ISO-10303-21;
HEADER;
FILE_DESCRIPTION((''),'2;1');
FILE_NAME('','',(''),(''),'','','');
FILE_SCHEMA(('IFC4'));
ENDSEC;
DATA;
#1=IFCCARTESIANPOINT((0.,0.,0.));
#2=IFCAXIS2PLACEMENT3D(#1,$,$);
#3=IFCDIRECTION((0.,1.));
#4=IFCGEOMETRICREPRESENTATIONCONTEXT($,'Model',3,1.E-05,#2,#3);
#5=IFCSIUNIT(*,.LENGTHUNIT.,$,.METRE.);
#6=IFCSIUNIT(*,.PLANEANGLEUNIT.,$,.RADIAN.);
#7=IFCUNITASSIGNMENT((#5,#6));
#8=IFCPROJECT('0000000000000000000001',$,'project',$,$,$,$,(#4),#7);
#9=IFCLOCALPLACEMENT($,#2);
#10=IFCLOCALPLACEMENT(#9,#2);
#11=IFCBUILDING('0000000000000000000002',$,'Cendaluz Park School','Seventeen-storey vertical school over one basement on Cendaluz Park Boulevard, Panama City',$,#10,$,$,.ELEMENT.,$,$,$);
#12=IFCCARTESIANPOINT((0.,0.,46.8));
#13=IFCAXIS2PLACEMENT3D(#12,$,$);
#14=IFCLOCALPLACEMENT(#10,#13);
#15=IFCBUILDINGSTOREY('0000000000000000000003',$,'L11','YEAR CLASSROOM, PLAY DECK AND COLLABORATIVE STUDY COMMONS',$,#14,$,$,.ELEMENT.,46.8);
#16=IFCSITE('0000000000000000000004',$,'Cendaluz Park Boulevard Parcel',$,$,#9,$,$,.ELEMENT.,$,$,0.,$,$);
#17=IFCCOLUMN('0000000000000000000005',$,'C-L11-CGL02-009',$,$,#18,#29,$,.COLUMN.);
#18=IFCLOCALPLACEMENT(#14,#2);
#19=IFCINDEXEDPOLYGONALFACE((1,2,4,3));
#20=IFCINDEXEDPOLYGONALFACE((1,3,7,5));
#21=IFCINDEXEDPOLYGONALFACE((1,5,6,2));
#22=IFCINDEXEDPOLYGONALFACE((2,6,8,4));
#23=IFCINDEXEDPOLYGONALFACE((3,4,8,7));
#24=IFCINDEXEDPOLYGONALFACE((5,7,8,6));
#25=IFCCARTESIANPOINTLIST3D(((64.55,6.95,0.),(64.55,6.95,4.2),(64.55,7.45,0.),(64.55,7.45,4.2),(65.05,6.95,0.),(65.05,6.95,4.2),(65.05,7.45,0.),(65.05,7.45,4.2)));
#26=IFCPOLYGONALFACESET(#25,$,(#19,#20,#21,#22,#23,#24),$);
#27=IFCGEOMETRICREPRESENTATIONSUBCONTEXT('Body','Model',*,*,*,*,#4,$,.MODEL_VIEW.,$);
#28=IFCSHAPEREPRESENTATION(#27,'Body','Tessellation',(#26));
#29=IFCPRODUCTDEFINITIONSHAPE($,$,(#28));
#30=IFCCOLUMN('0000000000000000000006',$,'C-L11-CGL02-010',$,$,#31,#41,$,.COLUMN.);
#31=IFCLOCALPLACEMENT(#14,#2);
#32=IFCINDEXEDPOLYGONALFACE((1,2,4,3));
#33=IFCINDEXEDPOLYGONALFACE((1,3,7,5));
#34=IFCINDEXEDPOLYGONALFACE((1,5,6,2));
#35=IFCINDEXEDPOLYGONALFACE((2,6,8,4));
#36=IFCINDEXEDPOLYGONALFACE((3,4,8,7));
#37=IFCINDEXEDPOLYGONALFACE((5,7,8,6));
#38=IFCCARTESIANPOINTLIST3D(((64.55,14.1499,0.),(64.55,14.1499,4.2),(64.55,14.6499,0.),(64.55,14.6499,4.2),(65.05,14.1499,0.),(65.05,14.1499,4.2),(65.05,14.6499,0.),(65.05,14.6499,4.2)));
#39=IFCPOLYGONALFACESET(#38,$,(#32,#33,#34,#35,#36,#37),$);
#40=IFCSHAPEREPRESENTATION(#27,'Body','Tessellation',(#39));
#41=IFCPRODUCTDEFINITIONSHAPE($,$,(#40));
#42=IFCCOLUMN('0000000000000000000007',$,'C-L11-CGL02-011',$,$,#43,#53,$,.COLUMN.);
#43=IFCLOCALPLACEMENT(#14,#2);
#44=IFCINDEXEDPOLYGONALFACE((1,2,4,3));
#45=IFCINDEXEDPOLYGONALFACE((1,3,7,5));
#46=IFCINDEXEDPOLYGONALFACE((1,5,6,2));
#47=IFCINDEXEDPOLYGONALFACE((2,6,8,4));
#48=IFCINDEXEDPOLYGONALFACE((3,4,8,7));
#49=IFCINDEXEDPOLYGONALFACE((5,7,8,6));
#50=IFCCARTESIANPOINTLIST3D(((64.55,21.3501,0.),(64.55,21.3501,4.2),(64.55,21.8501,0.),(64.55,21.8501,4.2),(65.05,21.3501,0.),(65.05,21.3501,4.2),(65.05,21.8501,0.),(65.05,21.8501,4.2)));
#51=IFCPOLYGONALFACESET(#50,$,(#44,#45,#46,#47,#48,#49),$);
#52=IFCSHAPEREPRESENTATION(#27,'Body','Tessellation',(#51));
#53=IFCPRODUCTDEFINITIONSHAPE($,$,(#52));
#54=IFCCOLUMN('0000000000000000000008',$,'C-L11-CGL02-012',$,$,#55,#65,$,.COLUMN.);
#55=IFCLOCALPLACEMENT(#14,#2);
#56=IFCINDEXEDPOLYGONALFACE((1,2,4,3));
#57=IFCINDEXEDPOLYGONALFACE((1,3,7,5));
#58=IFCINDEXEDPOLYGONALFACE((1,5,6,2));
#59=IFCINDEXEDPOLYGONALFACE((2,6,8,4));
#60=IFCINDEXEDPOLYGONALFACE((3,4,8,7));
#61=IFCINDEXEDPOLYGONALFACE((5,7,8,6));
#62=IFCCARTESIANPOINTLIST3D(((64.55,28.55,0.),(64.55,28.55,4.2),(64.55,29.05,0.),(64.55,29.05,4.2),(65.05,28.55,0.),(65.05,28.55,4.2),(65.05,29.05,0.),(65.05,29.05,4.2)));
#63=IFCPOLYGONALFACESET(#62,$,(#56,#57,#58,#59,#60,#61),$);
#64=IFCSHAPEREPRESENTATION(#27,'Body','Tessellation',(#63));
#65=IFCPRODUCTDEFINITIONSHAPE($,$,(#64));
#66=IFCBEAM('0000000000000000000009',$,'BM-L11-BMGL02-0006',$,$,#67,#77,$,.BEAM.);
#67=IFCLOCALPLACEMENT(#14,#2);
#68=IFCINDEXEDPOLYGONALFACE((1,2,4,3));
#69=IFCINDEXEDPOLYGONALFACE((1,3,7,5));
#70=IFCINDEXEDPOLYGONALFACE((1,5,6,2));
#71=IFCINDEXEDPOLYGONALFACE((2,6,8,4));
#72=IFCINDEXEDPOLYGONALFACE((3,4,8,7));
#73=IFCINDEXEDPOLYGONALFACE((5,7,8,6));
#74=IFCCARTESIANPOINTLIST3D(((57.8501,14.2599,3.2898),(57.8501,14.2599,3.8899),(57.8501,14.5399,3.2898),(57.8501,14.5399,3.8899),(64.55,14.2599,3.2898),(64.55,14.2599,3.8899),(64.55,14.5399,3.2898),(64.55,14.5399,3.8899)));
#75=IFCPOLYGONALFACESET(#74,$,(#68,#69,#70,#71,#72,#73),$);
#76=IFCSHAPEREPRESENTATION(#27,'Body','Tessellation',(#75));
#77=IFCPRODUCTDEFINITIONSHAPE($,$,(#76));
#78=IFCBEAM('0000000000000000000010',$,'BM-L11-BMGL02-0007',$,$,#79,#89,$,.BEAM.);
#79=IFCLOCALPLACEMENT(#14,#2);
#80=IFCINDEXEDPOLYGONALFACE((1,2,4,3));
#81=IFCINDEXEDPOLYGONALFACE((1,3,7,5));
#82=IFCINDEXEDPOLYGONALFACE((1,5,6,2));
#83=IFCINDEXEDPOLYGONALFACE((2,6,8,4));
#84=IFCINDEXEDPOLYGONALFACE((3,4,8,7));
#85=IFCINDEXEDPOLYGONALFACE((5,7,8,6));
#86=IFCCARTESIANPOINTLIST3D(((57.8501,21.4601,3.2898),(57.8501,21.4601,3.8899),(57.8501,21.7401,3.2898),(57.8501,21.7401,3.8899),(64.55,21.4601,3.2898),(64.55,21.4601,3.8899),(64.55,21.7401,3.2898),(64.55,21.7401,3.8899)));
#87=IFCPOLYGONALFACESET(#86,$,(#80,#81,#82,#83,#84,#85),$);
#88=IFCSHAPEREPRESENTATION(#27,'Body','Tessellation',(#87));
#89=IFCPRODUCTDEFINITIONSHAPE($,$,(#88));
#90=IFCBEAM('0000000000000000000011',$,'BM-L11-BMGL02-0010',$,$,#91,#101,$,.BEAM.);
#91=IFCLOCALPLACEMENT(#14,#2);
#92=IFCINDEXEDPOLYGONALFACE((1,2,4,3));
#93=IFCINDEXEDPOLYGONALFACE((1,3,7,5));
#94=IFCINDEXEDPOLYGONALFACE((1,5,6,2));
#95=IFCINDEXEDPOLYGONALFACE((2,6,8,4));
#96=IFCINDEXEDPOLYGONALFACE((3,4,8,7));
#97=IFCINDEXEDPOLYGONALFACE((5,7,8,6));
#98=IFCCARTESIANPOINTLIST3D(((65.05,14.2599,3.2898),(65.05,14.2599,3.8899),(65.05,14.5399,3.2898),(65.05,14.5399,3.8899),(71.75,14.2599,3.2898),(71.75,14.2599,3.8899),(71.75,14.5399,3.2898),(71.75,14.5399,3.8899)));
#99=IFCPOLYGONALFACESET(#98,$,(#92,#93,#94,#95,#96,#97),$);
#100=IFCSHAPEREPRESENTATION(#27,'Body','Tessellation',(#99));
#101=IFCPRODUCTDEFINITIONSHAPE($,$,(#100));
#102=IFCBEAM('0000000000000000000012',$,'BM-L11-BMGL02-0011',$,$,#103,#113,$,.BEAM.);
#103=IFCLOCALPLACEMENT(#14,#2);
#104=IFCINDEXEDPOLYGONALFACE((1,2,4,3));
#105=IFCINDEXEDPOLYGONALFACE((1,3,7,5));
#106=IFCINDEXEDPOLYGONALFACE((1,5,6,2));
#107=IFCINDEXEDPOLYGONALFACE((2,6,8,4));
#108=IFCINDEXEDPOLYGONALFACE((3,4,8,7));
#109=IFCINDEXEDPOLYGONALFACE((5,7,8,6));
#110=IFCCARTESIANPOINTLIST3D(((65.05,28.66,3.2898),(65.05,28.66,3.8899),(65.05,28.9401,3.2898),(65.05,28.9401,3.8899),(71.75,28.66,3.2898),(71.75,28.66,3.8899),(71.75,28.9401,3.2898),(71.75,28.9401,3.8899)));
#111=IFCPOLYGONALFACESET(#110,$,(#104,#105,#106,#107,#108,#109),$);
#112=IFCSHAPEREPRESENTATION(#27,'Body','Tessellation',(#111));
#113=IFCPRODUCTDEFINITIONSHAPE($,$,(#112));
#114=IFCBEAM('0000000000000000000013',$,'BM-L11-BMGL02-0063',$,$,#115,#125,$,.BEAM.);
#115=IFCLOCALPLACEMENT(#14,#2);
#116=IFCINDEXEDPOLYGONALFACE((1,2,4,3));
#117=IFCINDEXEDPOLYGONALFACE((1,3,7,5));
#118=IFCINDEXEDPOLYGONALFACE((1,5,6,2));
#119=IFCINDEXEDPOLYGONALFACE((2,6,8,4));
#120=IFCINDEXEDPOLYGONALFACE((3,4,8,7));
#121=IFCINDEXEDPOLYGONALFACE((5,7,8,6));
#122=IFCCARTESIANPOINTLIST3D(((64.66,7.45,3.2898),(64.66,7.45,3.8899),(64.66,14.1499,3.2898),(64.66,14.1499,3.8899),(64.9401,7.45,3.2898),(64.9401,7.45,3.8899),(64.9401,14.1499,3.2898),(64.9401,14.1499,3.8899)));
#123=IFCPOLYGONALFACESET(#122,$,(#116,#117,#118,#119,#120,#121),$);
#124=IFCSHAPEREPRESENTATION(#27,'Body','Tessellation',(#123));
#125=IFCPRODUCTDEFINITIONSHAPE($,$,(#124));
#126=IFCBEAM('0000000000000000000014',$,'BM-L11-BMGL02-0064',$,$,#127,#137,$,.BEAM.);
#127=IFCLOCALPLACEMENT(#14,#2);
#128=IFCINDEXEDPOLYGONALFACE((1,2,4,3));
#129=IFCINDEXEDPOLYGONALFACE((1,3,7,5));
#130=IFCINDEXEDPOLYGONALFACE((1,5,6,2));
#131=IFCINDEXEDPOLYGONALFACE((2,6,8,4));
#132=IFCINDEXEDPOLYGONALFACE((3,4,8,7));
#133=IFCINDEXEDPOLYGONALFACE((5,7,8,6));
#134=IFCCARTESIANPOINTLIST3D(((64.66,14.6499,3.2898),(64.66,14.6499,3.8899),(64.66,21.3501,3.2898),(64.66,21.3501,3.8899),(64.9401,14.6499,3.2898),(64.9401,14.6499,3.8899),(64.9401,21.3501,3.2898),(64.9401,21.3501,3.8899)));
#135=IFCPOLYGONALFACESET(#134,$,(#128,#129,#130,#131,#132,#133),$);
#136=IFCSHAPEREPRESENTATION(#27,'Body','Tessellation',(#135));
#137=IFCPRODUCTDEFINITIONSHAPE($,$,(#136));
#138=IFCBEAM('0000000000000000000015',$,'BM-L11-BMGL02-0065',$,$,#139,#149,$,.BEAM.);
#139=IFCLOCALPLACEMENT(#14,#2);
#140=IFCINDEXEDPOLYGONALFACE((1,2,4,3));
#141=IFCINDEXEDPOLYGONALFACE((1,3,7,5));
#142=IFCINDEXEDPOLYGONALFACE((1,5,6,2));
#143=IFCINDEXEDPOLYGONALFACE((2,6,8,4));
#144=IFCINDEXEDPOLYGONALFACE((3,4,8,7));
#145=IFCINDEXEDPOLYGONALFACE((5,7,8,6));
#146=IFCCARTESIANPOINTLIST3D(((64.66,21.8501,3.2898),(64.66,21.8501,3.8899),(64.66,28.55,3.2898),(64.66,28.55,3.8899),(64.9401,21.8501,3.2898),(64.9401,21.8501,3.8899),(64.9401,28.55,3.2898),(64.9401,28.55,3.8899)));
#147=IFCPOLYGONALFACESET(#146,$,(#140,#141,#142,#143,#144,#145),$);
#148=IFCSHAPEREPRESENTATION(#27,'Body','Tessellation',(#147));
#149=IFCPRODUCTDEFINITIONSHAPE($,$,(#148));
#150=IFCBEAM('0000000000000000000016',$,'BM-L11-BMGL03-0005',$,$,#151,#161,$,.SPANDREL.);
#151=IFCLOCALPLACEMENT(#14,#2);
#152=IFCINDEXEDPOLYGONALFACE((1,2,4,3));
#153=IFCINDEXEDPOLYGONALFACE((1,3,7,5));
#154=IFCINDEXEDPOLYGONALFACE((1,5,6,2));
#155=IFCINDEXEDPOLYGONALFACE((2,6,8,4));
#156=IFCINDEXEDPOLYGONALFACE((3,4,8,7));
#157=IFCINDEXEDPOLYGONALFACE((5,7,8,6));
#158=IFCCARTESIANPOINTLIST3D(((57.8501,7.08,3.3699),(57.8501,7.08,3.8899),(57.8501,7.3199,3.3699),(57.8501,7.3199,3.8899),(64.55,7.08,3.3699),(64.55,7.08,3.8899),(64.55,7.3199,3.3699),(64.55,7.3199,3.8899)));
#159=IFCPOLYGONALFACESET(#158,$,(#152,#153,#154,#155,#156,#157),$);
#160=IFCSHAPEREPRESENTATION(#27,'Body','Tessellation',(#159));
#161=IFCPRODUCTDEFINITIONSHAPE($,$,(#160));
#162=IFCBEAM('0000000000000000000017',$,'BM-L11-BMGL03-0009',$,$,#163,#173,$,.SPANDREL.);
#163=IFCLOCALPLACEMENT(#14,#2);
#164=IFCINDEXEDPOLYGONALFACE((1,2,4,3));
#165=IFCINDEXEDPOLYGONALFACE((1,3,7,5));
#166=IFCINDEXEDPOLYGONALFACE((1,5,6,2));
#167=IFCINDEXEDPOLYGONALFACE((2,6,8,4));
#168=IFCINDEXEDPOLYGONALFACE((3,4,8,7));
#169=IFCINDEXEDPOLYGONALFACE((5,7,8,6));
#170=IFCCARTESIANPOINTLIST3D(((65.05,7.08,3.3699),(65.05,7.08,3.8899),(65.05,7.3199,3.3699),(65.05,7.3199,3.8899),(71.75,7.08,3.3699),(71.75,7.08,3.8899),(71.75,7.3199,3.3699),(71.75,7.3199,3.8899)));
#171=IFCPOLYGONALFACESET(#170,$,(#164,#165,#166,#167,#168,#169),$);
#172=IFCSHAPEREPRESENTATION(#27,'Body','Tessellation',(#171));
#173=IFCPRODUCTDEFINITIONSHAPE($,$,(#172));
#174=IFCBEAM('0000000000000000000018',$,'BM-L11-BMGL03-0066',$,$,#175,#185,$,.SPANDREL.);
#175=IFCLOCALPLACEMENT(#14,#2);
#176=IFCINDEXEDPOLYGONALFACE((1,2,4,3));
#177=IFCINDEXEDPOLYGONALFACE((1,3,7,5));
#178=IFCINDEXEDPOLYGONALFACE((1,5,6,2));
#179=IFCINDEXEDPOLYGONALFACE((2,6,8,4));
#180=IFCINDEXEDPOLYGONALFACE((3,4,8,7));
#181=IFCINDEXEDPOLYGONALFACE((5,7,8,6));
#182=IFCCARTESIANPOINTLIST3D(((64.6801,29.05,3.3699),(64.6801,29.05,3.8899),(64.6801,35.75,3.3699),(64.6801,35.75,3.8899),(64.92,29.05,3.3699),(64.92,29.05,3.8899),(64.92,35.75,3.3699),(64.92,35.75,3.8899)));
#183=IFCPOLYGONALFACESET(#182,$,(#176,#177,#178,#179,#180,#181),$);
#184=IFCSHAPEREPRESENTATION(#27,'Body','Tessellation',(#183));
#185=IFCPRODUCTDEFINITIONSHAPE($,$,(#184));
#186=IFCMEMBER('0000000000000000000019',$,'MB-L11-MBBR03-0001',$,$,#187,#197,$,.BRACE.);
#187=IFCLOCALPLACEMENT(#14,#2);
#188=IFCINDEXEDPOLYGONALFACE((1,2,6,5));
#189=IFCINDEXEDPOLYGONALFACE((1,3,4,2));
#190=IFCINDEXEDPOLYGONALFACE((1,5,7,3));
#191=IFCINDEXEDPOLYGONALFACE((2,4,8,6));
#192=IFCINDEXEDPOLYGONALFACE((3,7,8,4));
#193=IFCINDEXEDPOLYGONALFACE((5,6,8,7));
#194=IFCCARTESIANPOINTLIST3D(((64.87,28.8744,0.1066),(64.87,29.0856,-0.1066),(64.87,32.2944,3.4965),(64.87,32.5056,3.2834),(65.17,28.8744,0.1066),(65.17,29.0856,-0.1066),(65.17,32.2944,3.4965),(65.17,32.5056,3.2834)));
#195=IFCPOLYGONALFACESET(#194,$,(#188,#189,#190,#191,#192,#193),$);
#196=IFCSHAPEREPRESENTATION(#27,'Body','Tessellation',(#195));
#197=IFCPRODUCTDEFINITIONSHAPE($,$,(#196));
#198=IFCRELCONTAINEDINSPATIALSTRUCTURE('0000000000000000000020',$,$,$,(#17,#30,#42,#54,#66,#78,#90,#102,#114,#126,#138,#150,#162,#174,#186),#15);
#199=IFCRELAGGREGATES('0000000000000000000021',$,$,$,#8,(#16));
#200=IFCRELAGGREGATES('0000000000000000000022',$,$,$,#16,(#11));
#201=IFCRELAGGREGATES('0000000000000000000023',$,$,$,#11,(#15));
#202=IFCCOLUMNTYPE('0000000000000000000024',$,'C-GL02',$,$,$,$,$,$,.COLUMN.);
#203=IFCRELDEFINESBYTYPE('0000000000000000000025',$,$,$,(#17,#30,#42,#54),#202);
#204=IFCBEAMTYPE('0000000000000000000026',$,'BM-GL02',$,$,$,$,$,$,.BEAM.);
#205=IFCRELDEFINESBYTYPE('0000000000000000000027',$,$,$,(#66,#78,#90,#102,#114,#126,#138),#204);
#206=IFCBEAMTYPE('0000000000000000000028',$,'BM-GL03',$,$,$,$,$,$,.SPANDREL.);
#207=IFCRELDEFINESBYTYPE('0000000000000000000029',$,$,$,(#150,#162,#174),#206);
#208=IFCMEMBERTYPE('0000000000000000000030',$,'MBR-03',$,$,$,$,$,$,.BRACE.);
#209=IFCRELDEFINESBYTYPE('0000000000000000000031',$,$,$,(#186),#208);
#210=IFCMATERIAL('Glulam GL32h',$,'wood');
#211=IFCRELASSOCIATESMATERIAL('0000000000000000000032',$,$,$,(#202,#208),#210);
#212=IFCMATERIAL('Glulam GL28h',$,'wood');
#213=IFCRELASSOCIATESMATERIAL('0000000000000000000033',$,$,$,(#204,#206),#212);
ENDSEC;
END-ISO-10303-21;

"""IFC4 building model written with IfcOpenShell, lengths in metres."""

from ifc_helpers import new_model, si_unit, direction, frame, origin, origin_2d, place, context, subcontext, project, spatial, rectangle, extrude, material, material_profile, profile_set, type_object, element, save


model = new_model("IFC4")

# Units and contexts
model_context = context("Model", 3, precision=1e-05, world=origin(), true_north=direction((0.0, 1.0)))
body_context = subcontext(model_context, "Body", "Model", "MODEL_VIEW")
ifc_project = project(units=[si_unit("LENGTHUNIT", "METRE"), si_unit("PLANEANGLEUNIT", "RADIAN")], contexts=[model_context])

# Site, building, storey
site_placement = place(None, origin())
site = spatial("IfcSite", under=ifc_project, at=site_placement, Name="Cendaluz Park Boulevard Parcel", CompositionType="ELEMENT", RefElevation=0.0)
building_placement = place(site_placement, origin())
building = spatial("IfcBuilding", under=site, at=building_placement, Name="Cendaluz Park School", Description="Seventeen-storey vertical school over one basement on Cendaluz Park Boulevard, Panama City", CompositionType="ELEMENT")
storey_placement = place(building_placement, frame((0.0, 0.0, 46.8)))
storey = spatial("IfcBuildingStorey", under=building, at=storey_placement, Name="L11", Description="YEAR CLASSROOM, PLAY DECK AND COLLABORATIVE STUDY COMMONS", CompositionType="ELEMENT", Elevation=46.8)

# Columns
ifc_material_1 = material(Name="Glulam GL32h", Category="wood")
ifc_material_profile_1 = material_profile(ifc_material_1, rectangle(XDim=0.5, YDim=0.5, at=origin_2d()), Name="GL32h 500x500", Category="wood")
ifc_profile_set_1 = profile_set([ifc_material_profile_1], Name="Glulam GL32h")
column_type = type_object("IfcColumnType", Name="C-GL02", PredefinedType="COLUMN", material=ifc_profile_set_1)
for number, where, z_axis, x_axis, name in (
    (1, (64.8, 7.2, 0.0), (0.0, 0.0, 1.0), (1.0, 0.0, 0.0), "C-L11-CGL02-009"),
    (2, (64.8, 14.3999, 0.0), (0.0, 0.0, 1.0), (1.0, 0.0, 0.0), "C-L11-CGL02-010"),
    (3, (64.8, 21.6001, 0.0), (0.0, 0.0, 1.0), (1.0, 0.0, 0.0), "C-L11-CGL02-011"),
    (4, (64.8, 28.8, 0.0), (0.0, 0.0, 1.0), (1.0, 0.0, 0.0), "C-L11-CGL02-012"),
):
    element("IfcColumn", number, at=place(storey_placement, frame(where, z_axis=z_axis, x_axis=x_axis)), inside=storey, type_object=column_type, Name=name, PredefinedType="COLUMN", context=body_context, shape_type="SweptSolid", body=[
        extrude(rectangle(XDim=0.5, YDim=0.5, at=origin_2d()), origin(), (0.0, 0.0, 1.0), 4.2),
    ])

# Beams
ifc_material_2 = material(Name="Glulam GL28h", Category="wood")
ifc_material_profile_2 = material_profile(ifc_material_2, rectangle(XDim=0.28, YDim=0.6001, at=origin_2d()), Name="GL28h 280x600", Category="wood")
ifc_profile_set_2 = profile_set([ifc_material_profile_2], Name="Glulam GL28h")
beam_type_1 = type_object("IfcBeamType", Name="BM-GL02", PredefinedType="BEAM", material=ifc_profile_set_2)
for number, where, z_axis, x_axis, name in (
    (5, (57.8501, 14.3999, 3.5898), (1.0, 0.0, 0.0), (0.0, 1.0, 0.0), "BM-L11-BMGL02-0006"),
    (6, (57.8501, 21.6001, 3.5898), (1.0, 0.0, 0.0), (0.0, 1.0, 0.0), "BM-L11-BMGL02-0007"),
    (7, (65.05, 14.3999, 3.5898), (1.0, 0.0, 0.0), (0.0, 1.0, 0.0), "BM-L11-BMGL02-0010"),
    (8, (65.05, 28.8, 3.5898), (1.0, 0.0, 0.0), (0.0, 1.0, 0.0), "BM-L11-BMGL02-0011"),
    (9, (64.8, 7.45, 3.5898), (0.0, 1.0, 0.0), (-1.0, 0.0, 0.0), "BM-L11-BMGL02-0063"),
):
    element("IfcBeam", number, at=place(storey_placement, frame(where, z_axis=z_axis, x_axis=x_axis)), inside=storey, type_object=beam_type_1, Name=name, PredefinedType="BEAM", context=body_context, shape_type="SweptSolid", body=[
        extrude(rectangle(XDim=0.28, YDim=0.6001, at=origin_2d()), origin(), (0.0, 0.0, 1.0), 6.7),
    ])
beam_1_placement = place(storey_placement, frame((64.8, 14.6499, 3.5898), z_axis=(0.0, 1.0, 0.0), x_axis=(-1.0, 0.0, 0.0)))
element("IfcBeam", 10, at=beam_1_placement, inside=storey, type_object=beam_type_1, Name="BM-L11-BMGL02-0064", PredefinedType="BEAM", context=body_context, shape_type="SweptSolid", body=[
    extrude(rectangle(XDim=0.28, YDim=0.6001, at=origin_2d()), origin(), (0.0, 0.0, 1.0), 6.7002),
])
beam_2_placement = place(storey_placement, frame((64.8, 21.8501, 3.5898), z_axis=(0.0, 1.0, 0.0), x_axis=(-1.0, 0.0, 0.0)))
element("IfcBeam", 11, at=beam_2_placement, inside=storey, type_object=beam_type_1, Name="BM-L11-BMGL02-0065", PredefinedType="BEAM", context=body_context, shape_type="SweptSolid", body=[
    extrude(rectangle(XDim=0.28, YDim=0.6001, at=origin_2d()), origin(), (0.0, 0.0, 1.0), 6.7),
])
ifc_material_profile_3 = material_profile(ifc_material_2, rectangle(XDim=0.24, YDim=0.52, at=origin_2d()), Name="GL28h 240x520", Category="wood")
ifc_profile_set_3 = profile_set([ifc_material_profile_3], Name="Glulam GL28h")
beam_type_2 = type_object("IfcBeamType", Name="BM-GL03", PredefinedType="SPANDREL", material=ifc_profile_set_3)
for number, where, z_axis, x_axis, name in (
    (12, (57.8501, 7.2, 3.6299), (1.0, 0.0, 0.0), (0.0, 1.0, 0.0), "BM-L11-BMGL03-0005"),
    (13, (65.05, 7.2, 3.6299), (1.0, 0.0, 0.0), (0.0, 1.0, 0.0), "BM-L11-BMGL03-0009"),
    (14, (64.8, 29.05, 3.6299), (0.0, 1.0, 0.0), (-1.0, 0.0, 0.0), "BM-L11-BMGL03-0066"),
):
    element("IfcBeam", number, at=place(storey_placement, frame(where, z_axis=z_axis, x_axis=x_axis)), inside=storey, type_object=beam_type_2, Name=name, PredefinedType="SPANDREL", context=body_context, shape_type="SweptSolid", body=[
        extrude(rectangle(XDim=0.24, YDim=0.52, at=origin_2d()), origin(), (0.0, 0.0, 1.0), 6.7),
    ])

# Member
ifc_material_profile_4 = material_profile(ifc_material_1, rectangle(XDim=0.3, YDim=0.3, at=origin_2d()), Name="GL32h 300x300", Category="wood")
ifc_profile_set_4 = profile_set([ifc_material_profile_4], Name="Glulam GL32h")
member_type = type_object("IfcMemberType", Name="MBR-03", PredefinedType="BRACE", material=ifc_profile_set_4)
member_placement = place(storey_placement, frame((65.02, 28.98, 0.0), z_axis=(0.0, 0.710218, 0.703982), x_axis=(-1.0, 0.0, 0.0)))
element("IfcMember", 15, at=member_placement, inside=storey, type_object=member_type, Name="MB-L11-MBBR03-0001", PredefinedType="BRACE", context=body_context, shape_type="SweptSolid", body=[
    extrude(rectangle(XDim=0.3, YDim=0.3, at=origin_2d()), origin(), (0.0, 0.0, 1.0), 4.8154),
])

save(model, "model.ifc")
